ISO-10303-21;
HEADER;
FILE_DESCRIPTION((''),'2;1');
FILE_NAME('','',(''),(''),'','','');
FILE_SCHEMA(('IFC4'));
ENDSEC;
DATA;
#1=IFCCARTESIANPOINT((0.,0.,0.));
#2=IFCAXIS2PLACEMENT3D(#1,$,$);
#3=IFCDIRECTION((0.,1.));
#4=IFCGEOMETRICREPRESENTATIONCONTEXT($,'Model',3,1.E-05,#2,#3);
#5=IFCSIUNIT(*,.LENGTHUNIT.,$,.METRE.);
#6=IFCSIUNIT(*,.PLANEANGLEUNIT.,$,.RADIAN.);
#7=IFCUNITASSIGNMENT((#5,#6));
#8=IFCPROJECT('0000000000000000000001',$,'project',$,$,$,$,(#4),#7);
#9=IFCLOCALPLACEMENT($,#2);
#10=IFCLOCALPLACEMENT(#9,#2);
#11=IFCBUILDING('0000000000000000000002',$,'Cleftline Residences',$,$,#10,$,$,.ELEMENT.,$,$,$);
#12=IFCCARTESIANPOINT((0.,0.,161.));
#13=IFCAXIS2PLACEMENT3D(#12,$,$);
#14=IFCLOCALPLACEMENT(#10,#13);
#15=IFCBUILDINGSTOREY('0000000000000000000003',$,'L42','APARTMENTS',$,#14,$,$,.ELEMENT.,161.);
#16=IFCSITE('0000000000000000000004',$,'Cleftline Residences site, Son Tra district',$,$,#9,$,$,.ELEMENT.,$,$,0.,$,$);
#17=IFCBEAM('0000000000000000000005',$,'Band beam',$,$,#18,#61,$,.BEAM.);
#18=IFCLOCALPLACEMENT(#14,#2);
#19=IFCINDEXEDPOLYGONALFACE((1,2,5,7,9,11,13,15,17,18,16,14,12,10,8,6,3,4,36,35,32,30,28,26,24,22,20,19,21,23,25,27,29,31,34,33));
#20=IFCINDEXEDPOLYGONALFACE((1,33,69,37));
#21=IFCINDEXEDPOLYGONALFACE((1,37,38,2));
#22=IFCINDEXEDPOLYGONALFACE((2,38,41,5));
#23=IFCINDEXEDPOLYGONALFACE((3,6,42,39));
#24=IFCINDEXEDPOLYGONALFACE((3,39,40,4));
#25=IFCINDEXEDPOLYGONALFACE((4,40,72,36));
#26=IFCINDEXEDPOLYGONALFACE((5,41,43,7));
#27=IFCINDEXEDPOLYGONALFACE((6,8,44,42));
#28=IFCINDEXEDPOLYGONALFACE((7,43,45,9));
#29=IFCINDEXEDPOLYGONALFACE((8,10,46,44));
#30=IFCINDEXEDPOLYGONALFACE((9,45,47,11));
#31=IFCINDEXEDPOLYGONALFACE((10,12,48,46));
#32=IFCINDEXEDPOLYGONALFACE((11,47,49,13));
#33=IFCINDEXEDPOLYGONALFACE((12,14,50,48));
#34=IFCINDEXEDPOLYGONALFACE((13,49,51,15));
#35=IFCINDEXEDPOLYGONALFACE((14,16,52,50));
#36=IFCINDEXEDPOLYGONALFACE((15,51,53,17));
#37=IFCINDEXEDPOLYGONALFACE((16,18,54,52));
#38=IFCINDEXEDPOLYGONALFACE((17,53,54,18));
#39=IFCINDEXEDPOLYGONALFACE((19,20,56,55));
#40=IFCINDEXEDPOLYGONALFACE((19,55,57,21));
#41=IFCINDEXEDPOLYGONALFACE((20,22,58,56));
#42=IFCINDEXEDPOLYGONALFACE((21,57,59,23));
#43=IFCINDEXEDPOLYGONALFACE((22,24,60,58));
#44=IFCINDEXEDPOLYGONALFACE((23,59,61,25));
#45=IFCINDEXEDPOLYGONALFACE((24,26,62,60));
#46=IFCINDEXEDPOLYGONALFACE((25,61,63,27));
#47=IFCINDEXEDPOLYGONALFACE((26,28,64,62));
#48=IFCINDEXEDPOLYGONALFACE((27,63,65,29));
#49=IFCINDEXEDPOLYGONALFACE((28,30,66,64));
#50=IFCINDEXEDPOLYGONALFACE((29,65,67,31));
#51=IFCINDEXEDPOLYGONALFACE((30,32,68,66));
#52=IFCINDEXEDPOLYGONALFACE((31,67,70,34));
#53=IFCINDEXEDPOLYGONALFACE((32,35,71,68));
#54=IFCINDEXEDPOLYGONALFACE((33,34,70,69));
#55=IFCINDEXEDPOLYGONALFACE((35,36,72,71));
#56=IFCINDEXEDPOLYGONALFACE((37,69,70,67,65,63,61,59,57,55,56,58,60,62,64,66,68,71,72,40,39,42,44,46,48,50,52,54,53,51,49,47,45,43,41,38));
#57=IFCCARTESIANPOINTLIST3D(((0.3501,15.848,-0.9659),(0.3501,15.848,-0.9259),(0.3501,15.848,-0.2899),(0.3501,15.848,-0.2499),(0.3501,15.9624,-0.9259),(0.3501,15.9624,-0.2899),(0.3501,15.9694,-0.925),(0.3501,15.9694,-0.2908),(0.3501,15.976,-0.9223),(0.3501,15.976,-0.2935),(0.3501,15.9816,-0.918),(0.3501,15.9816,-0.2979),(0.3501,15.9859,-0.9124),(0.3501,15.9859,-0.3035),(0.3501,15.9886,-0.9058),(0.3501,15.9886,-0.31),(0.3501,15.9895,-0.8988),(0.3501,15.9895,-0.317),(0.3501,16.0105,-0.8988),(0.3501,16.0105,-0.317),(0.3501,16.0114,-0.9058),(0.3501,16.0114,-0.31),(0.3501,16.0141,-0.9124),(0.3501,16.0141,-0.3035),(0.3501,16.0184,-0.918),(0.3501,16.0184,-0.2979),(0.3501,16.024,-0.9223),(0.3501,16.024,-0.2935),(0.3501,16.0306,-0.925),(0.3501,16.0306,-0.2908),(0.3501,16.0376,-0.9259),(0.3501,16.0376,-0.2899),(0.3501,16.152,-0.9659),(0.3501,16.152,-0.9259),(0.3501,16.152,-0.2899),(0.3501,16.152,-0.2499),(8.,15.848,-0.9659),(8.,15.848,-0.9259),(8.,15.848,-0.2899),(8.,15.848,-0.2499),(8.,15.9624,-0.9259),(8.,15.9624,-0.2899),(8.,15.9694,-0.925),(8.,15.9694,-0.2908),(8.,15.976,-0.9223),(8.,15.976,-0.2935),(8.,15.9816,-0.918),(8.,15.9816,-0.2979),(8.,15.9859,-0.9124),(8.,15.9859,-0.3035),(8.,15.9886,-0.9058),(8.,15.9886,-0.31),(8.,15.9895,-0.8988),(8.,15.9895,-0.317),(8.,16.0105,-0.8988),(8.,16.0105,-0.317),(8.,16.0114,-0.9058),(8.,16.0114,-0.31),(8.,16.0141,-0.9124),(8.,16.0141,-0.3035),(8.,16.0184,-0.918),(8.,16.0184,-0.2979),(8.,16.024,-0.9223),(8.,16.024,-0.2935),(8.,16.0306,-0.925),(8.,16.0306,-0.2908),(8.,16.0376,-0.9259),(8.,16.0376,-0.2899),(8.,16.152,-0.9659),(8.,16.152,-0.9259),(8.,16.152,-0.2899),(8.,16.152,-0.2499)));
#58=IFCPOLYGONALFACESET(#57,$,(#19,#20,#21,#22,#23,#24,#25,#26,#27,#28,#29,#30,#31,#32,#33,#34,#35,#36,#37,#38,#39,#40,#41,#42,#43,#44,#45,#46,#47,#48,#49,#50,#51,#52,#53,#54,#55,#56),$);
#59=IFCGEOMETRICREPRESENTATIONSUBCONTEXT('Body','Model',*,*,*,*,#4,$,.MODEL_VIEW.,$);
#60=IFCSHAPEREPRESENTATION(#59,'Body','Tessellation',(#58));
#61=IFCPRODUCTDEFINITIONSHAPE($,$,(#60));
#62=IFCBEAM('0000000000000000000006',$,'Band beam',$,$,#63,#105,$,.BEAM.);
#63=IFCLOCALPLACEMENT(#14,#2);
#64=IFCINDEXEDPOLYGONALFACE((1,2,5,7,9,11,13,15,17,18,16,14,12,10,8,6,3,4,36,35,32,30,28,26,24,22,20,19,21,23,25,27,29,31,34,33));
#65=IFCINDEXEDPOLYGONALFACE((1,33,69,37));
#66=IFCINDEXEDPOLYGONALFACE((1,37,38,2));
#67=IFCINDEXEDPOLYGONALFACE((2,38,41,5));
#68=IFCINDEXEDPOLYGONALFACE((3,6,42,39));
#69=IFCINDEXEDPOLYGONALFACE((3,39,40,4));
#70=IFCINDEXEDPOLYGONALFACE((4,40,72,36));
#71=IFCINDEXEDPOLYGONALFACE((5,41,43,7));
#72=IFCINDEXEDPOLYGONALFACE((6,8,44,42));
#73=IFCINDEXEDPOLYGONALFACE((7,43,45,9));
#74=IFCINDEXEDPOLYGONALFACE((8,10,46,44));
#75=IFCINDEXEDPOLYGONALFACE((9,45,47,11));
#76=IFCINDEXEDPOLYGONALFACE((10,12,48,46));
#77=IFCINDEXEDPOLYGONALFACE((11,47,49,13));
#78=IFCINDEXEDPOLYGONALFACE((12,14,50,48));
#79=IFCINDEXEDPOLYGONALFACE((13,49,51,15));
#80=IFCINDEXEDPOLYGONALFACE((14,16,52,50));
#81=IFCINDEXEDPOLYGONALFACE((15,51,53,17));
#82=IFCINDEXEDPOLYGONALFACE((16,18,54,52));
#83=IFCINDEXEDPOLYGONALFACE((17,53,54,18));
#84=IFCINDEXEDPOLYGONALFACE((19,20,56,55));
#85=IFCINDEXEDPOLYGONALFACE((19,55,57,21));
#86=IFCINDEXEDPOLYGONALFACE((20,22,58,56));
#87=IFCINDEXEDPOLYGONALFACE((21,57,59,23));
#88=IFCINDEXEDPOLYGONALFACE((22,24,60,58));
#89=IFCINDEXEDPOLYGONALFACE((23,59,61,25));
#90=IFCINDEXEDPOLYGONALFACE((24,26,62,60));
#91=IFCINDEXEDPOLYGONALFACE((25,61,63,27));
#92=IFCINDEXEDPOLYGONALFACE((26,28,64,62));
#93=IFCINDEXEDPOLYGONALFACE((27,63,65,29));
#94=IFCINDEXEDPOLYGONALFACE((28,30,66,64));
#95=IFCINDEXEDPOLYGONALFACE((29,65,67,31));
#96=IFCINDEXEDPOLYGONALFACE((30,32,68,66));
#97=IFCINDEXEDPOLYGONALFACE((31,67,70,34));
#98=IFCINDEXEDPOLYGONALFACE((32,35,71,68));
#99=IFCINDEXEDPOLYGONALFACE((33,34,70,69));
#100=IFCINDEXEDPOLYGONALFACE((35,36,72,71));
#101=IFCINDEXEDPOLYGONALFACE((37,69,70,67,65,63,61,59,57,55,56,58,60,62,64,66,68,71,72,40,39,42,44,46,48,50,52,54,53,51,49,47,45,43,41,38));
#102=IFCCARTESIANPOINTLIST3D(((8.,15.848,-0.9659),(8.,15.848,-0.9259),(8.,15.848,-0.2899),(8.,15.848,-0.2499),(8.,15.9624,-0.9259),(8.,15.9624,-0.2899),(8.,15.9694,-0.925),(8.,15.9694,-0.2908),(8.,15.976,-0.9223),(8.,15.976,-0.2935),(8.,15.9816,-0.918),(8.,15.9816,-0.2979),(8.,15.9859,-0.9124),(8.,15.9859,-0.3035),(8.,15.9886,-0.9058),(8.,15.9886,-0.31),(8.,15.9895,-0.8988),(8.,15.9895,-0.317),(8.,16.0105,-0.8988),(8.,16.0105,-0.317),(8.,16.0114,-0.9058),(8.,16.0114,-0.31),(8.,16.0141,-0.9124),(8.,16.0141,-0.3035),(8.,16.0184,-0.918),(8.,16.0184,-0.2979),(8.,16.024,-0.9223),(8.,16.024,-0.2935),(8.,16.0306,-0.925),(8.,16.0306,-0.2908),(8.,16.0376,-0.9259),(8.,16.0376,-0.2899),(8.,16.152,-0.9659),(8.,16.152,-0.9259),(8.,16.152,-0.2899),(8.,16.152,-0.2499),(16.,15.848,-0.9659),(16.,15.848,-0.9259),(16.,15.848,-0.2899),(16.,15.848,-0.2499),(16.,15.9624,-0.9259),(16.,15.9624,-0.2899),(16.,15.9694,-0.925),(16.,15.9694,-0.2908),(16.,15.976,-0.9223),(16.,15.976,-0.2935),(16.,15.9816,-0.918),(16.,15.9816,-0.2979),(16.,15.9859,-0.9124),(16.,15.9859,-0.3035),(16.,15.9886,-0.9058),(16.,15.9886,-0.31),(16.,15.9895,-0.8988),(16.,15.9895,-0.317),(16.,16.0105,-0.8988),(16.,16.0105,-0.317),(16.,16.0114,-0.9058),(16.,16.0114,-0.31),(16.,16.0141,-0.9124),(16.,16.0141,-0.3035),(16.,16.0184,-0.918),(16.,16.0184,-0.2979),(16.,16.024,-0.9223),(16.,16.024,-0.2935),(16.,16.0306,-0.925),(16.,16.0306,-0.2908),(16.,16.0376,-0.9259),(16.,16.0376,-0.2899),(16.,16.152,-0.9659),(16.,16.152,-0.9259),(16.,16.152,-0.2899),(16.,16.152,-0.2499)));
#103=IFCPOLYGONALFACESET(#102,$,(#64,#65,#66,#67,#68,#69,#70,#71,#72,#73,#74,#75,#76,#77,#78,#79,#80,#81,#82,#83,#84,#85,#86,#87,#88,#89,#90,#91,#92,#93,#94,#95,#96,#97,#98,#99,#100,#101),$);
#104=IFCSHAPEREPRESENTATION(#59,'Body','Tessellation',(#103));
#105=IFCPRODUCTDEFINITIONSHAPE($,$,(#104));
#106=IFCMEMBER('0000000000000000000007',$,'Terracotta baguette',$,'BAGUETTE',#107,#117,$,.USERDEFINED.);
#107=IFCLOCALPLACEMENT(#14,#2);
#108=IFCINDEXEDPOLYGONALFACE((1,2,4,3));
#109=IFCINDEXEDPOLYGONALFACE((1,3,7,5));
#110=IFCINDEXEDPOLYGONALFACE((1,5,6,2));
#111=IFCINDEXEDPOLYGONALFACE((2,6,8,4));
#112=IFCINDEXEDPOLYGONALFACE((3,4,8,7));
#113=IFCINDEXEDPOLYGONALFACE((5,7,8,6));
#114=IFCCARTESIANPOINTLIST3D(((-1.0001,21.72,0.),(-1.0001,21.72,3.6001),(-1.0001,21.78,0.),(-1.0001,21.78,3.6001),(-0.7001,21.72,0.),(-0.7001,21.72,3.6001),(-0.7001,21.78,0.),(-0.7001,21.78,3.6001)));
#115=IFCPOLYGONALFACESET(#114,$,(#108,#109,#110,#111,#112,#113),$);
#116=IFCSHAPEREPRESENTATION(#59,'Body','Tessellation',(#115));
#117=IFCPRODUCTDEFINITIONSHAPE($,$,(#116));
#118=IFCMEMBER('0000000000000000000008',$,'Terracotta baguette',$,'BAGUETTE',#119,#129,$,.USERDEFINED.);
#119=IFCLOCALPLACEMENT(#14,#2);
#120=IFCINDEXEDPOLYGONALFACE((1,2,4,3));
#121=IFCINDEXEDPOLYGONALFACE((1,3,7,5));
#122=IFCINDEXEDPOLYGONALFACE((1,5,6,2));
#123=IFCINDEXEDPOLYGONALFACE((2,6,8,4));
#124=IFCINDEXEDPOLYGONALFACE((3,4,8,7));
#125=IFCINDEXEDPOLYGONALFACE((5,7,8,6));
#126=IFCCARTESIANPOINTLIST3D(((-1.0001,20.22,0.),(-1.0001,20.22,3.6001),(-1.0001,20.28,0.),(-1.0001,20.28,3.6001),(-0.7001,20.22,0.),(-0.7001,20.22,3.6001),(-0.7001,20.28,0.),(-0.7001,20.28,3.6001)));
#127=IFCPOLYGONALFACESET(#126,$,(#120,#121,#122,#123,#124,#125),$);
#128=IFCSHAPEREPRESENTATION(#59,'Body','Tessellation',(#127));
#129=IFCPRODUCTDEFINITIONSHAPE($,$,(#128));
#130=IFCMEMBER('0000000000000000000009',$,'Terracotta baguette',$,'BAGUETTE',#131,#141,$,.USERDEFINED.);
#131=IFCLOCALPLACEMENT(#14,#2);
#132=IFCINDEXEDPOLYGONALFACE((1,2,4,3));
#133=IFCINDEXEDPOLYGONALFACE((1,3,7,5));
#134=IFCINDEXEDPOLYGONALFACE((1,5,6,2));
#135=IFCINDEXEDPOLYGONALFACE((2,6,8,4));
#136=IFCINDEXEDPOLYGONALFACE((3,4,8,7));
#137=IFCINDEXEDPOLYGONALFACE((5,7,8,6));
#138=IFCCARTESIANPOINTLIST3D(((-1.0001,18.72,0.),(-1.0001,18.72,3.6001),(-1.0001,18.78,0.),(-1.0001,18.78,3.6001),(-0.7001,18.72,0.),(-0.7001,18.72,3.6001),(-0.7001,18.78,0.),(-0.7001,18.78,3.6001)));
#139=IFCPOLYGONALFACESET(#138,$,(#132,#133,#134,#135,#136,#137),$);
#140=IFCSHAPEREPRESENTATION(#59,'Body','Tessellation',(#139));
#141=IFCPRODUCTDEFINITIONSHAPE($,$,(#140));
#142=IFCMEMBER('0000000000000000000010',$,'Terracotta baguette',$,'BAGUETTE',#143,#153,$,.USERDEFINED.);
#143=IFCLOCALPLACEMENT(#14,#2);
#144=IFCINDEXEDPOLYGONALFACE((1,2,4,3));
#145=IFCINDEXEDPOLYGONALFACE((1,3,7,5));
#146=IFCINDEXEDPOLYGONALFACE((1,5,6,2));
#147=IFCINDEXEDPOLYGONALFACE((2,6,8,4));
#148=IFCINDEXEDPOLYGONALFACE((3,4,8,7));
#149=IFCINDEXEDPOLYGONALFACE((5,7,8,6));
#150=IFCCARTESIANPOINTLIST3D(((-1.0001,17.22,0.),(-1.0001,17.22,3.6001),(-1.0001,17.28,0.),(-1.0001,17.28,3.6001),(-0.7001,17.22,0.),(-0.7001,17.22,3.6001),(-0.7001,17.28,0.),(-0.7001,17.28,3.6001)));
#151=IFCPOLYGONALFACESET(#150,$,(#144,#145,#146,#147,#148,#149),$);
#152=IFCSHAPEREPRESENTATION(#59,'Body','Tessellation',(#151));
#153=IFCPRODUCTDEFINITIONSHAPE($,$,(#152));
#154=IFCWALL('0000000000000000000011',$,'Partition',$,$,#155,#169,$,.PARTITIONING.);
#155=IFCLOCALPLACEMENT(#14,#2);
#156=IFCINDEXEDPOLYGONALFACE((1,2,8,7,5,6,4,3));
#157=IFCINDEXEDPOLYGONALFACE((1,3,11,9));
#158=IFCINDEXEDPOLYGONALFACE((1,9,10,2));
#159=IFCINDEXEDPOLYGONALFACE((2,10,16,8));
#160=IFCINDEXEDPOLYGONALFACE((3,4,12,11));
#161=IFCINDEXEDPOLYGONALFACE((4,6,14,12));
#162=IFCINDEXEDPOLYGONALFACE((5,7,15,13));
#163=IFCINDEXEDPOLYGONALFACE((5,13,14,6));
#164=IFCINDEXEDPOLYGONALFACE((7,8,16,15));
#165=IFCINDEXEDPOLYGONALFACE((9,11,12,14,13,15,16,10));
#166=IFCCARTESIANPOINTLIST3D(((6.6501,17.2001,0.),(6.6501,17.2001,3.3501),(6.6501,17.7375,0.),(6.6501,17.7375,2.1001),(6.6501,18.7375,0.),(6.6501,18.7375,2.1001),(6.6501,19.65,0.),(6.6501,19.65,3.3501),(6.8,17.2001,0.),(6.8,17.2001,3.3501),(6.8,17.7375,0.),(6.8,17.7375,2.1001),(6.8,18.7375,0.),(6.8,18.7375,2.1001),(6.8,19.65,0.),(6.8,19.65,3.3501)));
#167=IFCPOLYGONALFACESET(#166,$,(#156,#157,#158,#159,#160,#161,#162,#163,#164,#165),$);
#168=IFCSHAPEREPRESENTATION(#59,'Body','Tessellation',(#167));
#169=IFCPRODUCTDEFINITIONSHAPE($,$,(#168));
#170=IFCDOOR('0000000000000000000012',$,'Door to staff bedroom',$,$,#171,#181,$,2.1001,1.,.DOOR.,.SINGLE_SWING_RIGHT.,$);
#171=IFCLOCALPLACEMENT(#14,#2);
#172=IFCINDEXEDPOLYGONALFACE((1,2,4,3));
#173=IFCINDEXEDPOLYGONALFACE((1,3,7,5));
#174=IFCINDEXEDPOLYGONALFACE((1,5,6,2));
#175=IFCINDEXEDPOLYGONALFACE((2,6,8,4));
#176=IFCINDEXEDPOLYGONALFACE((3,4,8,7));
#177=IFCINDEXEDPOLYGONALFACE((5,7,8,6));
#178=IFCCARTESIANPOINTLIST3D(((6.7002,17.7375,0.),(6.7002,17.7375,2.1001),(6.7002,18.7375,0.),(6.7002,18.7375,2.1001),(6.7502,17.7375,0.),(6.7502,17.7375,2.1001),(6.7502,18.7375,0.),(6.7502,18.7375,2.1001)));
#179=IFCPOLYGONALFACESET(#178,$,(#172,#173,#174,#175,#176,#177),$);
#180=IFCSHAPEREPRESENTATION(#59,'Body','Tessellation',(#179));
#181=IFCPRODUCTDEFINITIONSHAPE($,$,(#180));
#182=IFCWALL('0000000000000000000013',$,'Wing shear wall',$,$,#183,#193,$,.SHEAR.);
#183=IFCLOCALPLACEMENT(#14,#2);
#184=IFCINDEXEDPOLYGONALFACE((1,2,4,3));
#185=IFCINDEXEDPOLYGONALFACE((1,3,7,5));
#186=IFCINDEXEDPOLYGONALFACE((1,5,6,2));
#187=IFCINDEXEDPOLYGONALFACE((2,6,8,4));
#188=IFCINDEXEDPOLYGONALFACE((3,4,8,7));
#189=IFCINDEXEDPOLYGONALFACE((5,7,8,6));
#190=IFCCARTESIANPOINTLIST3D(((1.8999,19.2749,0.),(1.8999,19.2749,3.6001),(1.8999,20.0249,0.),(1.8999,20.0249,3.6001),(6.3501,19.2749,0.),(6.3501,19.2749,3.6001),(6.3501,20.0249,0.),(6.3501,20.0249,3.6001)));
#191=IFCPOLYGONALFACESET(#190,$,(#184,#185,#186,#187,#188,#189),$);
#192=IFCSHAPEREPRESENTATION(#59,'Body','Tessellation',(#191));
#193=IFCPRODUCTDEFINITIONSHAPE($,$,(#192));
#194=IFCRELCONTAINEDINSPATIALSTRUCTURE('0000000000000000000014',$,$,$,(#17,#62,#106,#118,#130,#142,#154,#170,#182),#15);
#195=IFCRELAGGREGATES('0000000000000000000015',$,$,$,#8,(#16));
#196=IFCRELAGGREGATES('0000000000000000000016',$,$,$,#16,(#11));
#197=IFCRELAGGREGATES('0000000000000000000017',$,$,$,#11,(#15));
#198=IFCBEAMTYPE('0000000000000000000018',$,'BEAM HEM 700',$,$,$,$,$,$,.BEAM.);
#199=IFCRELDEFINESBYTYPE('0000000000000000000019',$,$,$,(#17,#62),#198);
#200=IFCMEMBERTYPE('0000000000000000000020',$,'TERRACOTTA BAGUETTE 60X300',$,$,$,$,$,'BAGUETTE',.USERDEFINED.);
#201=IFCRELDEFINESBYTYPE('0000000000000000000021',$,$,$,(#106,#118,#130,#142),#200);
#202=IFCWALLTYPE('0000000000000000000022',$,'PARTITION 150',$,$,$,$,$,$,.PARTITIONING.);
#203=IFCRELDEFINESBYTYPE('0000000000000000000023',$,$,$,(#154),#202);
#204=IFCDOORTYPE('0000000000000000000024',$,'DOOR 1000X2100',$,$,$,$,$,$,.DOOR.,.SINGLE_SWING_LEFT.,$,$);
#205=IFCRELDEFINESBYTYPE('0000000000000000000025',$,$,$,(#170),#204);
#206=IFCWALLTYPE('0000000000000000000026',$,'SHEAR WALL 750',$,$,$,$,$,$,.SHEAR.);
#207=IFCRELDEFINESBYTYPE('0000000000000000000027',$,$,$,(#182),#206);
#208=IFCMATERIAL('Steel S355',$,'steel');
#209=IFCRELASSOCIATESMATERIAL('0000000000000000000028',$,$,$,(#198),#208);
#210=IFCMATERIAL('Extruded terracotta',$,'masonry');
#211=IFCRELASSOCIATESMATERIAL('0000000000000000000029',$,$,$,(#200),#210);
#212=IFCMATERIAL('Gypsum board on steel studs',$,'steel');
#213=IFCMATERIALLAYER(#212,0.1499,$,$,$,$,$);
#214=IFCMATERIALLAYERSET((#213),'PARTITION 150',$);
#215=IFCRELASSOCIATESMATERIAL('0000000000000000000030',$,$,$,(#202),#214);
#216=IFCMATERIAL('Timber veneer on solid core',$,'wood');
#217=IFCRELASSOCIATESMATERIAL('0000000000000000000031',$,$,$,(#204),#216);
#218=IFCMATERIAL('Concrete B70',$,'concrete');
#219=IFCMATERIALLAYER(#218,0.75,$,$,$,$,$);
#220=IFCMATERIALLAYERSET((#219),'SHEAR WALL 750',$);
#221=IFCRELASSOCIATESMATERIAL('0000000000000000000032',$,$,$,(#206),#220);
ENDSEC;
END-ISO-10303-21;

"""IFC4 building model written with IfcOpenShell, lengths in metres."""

from ifc_helpers import new_model, si_unit, direction, frame, frame_2d, origin, origin_2d, place, context, subcontext, project, spatial, rectangle, i_section, extrude, material, layer, layer_set, material_profile, profile_set, type_object, element, fill, save


model = new_model("IFC4")

# Units and contexts
model_context = context("Model", 3, precision=1e-05, world=origin(), true_north=direction((0.0, 1.0)))
body_context = subcontext(model_context, "Body", "Model", "MODEL_VIEW")
ifc_project = project(units=[si_unit("LENGTHUNIT", "METRE"), si_unit("PLANEANGLEUNIT", "RADIAN")], contexts=[model_context])

# Site, building, storey
site_placement = place(None, origin())
site = spatial("IfcSite", under=ifc_project, at=site_placement, Name="Cleftline Residences site, Son Tra district", CompositionType="ELEMENT", RefElevation=0.0)
building_placement = place(site_placement, origin())
building = spatial("IfcBuilding", under=site, at=building_placement, Name="Cleftline Residences", CompositionType="ELEMENT")
storey_placement = place(building_placement, frame((0.0, 0.0, 161.0)))
storey = spatial("IfcBuildingStorey", under=building, at=storey_placement, Name="L42", Description="APARTMENTS", CompositionType="ELEMENT", Elevation=161.0)

# Beams
ifc_material_1 = material(Name="Steel S355", Category="steel")
ifc_material_profile_1 = material_profile(ifc_material_1, i_section(OverallWidth=0.304, OverallDepth=0.7161, WebThickness=0.021, FlangeThickness=0.04, FilletRadius=0.0271, at=origin_2d()))
ifc_profile_set_1 = profile_set([ifc_material_profile_1], Name="Steel S355")
beam_type_1 = type_object("IfcBeamType", Name="BEAM HEM 700", PredefinedType="BEAM", material=ifc_profile_set_1)
beam_1_placement = place(storey_placement, frame((0.3501, 16.0, -0.6079), z_axis=(1.0, 0.0, 0.0), x_axis=(0.0, 1.0, 0.0)))
element("IfcBeam", 1, at=beam_1_placement, inside=storey, type_object=beam_type_1, Name="Band beam", PredefinedType="BEAM", context=body_context, shape_type="SweptSolid", body=[
    extrude(i_section(OverallWidth=0.304, OverallDepth=0.7161, WebThickness=0.021, FlangeThickness=0.04, FilletRadius=0.0271, at=origin_2d()), origin(), (0.0, 0.0, 1.0), 7.6499),
])
beam_2_placement = place(storey_placement, frame((8.0, 16.0, -0.6079), z_axis=(1.0, 0.0, 0.0), x_axis=(0.0, 1.0, 0.0)))
element("IfcBeam", 2, at=beam_2_placement, inside=storey, type_object=beam_type_1, Name="Band beam", PredefinedType="BEAM", context=body_context, shape_type="SweptSolid", body=[
    extrude(i_section(OverallWidth=0.304, OverallDepth=0.7161, WebThickness=0.021, FlangeThickness=0.04, FilletRadius=0.0271, at=origin_2d()), origin(), (0.0, 0.0, 1.0), 8.0),
])

# Members
ifc_material_2 = material(Name="Extruded terracotta", Category="masonry")
ifc_material_profile_2 = material_profile(ifc_material_2, rectangle(XDim=0.0601, YDim=0.3, at=origin_2d()))
ifc_profile_set_2 = profile_set([ifc_material_profile_2], Name="Extruded terracotta")
member_type_1 = type_object("IfcMemberType", Name="TERRACOTTA BAGUETTE 60X300", ElementType="BAGUETTE", PredefinedType="USERDEFINED", material=ifc_profile_set_2)
for number, where, z_axis, x_axis, name in (
    (3, (-0.8501, 21.75, 0.0), (0.0, 0.0, 1.0), (0.0, 1.0, 0.0), "Terracotta baguette"),
    (4, (-0.8501, 20.25, 0.0), (0.0, 0.0, 1.0), (0.0, 1.0, 0.0), "Terracotta baguette"),
    (5, (-0.8501, 18.75, 0.0), (0.0, 0.0, 1.0), (0.0, 1.0, 0.0), "Terracotta baguette"),
    (6, (-0.8501, 17.25, 0.0), (0.0, 0.0, 1.0), (0.0, 1.0, 0.0), "Terracotta baguette"),
):
    element("IfcMember", number, at=place(storey_placement, frame(where, z_axis=z_axis, x_axis=x_axis)), inside=storey, type_object=member_type_1, Name=name, ObjectType="BAGUETTE", PredefinedType="USERDEFINED", context=body_context, shape_type="SweptSolid", body=[
        extrude(rectangle(XDim=0.0601, YDim=0.3, at=origin_2d()), origin(), (0.0, 0.0, 1.0), 3.6001),
    ])

# Wall, opening, door
ifc_material_3 = material(Name="Gypsum board on steel studs", Category="steel")
ifc_layer_1 = layer(ifc_material_3, 0.1499)
ifc_layer_set_1 = layer_set([ifc_layer_1], Name="PARTITION 150")
wall_type_1 = type_object("IfcWallType", Name="PARTITION 150", PredefinedType="PARTITIONING", material=ifc_layer_set_1)
wall_1_placement = place(storey_placement, frame((6.7251, 17.2, 0.0), z_axis=(0.0, 0.0, 1.0), x_axis=(0.0, 1.0, 0.0)))
wall_1 = element("IfcWall", 7, at=wall_1_placement, inside=storey, type_object=wall_type_1, Name="Partition", PredefinedType="PARTITIONING", context=body_context, shape_type="SweptSolid", body=[
    extrude(rectangle(XDim=2.45, YDim=0.1499, at=frame_2d((1.2251, 0.0))), origin(), (0.0, 0.0, 1.0), 3.3501),
])
opening_1_placement = place(wall_1_placement, frame((0.5376, 0.0, 0.0)))
opening_1 = element("IfcOpeningElement", 8, at=opening_1_placement, cuts=wall_1, PredefinedType="OPENING", context=body_context, shape_type="SweptSolid", body=[
    extrude(rectangle(XDim=1.0, YDim=2.1001, at=frame_2d((0.5, 1.05))), frame((0.0, 0.085, 0.0), z_axis=(0.0, -1.0, 0.0), x_axis=(1.0, 0.0, 0.0)), (0.0, 0.0, 1.0), 0.1699),
])
ifc_material_4 = material(Name="Timber veneer on solid core", Category="wood")
door_type_1 = type_object("IfcDoorType", Name="DOOR 1000X2100", OperationType="SINGLE_SWING_LEFT", PredefinedType="DOOR", material=ifc_material_4)
door_1_placement = place(opening_1_placement, origin())
door_1 = element("IfcDoor", 9, at=door_1_placement, inside=storey, type_object=door_type_1, Name="Door to staff bedroom", OperationType="SINGLE_SWING_RIGHT", OverallHeight=2.1001, OverallWidth=1.0, PredefinedType="DOOR", context=body_context, shape_type="SweptSolid", body=[
    extrude(rectangle(XDim=1.0, YDim=2.1001, at=frame_2d((0.5, 1.05))), frame((0.0, 0.0249, 0.0), z_axis=(0.0, -1.0, 0.0), x_axis=(1.0, 0.0, 0.0)), (0.0, 0.0, 1.0), 0.05),
])
fill(opening_1, door_1)

# Wall
ifc_material_5 = material(Name="Concrete B70", Category="concrete")
ifc_layer_2 = layer(ifc_material_5, 0.75)
ifc_layer_set_2 = layer_set([ifc_layer_2], Name="SHEAR WALL 750")
wall_type_2 = type_object("IfcWallType", Name="SHEAR WALL 750", PredefinedType="SHEAR", material=ifc_layer_set_2)
wall_2_placement = place(storey_placement, frame((1.8999, 19.6499, 0.0), z_axis=(0.0, 0.0, 1.0), x_axis=(1.0, 0.0, 0.0)))
element("IfcWall", 10, at=wall_2_placement, inside=storey, type_object=wall_type_2, Name="Wing shear wall", PredefinedType="SHEAR", context=body_context, shape_type="SweptSolid", body=[
    extrude(rectangle(XDim=4.4502, YDim=0.75, at=frame_2d((2.2251, 0.0))), origin(), (0.0, 0.0, 1.0), 3.6001),
])

save(model, "model.ifc")
